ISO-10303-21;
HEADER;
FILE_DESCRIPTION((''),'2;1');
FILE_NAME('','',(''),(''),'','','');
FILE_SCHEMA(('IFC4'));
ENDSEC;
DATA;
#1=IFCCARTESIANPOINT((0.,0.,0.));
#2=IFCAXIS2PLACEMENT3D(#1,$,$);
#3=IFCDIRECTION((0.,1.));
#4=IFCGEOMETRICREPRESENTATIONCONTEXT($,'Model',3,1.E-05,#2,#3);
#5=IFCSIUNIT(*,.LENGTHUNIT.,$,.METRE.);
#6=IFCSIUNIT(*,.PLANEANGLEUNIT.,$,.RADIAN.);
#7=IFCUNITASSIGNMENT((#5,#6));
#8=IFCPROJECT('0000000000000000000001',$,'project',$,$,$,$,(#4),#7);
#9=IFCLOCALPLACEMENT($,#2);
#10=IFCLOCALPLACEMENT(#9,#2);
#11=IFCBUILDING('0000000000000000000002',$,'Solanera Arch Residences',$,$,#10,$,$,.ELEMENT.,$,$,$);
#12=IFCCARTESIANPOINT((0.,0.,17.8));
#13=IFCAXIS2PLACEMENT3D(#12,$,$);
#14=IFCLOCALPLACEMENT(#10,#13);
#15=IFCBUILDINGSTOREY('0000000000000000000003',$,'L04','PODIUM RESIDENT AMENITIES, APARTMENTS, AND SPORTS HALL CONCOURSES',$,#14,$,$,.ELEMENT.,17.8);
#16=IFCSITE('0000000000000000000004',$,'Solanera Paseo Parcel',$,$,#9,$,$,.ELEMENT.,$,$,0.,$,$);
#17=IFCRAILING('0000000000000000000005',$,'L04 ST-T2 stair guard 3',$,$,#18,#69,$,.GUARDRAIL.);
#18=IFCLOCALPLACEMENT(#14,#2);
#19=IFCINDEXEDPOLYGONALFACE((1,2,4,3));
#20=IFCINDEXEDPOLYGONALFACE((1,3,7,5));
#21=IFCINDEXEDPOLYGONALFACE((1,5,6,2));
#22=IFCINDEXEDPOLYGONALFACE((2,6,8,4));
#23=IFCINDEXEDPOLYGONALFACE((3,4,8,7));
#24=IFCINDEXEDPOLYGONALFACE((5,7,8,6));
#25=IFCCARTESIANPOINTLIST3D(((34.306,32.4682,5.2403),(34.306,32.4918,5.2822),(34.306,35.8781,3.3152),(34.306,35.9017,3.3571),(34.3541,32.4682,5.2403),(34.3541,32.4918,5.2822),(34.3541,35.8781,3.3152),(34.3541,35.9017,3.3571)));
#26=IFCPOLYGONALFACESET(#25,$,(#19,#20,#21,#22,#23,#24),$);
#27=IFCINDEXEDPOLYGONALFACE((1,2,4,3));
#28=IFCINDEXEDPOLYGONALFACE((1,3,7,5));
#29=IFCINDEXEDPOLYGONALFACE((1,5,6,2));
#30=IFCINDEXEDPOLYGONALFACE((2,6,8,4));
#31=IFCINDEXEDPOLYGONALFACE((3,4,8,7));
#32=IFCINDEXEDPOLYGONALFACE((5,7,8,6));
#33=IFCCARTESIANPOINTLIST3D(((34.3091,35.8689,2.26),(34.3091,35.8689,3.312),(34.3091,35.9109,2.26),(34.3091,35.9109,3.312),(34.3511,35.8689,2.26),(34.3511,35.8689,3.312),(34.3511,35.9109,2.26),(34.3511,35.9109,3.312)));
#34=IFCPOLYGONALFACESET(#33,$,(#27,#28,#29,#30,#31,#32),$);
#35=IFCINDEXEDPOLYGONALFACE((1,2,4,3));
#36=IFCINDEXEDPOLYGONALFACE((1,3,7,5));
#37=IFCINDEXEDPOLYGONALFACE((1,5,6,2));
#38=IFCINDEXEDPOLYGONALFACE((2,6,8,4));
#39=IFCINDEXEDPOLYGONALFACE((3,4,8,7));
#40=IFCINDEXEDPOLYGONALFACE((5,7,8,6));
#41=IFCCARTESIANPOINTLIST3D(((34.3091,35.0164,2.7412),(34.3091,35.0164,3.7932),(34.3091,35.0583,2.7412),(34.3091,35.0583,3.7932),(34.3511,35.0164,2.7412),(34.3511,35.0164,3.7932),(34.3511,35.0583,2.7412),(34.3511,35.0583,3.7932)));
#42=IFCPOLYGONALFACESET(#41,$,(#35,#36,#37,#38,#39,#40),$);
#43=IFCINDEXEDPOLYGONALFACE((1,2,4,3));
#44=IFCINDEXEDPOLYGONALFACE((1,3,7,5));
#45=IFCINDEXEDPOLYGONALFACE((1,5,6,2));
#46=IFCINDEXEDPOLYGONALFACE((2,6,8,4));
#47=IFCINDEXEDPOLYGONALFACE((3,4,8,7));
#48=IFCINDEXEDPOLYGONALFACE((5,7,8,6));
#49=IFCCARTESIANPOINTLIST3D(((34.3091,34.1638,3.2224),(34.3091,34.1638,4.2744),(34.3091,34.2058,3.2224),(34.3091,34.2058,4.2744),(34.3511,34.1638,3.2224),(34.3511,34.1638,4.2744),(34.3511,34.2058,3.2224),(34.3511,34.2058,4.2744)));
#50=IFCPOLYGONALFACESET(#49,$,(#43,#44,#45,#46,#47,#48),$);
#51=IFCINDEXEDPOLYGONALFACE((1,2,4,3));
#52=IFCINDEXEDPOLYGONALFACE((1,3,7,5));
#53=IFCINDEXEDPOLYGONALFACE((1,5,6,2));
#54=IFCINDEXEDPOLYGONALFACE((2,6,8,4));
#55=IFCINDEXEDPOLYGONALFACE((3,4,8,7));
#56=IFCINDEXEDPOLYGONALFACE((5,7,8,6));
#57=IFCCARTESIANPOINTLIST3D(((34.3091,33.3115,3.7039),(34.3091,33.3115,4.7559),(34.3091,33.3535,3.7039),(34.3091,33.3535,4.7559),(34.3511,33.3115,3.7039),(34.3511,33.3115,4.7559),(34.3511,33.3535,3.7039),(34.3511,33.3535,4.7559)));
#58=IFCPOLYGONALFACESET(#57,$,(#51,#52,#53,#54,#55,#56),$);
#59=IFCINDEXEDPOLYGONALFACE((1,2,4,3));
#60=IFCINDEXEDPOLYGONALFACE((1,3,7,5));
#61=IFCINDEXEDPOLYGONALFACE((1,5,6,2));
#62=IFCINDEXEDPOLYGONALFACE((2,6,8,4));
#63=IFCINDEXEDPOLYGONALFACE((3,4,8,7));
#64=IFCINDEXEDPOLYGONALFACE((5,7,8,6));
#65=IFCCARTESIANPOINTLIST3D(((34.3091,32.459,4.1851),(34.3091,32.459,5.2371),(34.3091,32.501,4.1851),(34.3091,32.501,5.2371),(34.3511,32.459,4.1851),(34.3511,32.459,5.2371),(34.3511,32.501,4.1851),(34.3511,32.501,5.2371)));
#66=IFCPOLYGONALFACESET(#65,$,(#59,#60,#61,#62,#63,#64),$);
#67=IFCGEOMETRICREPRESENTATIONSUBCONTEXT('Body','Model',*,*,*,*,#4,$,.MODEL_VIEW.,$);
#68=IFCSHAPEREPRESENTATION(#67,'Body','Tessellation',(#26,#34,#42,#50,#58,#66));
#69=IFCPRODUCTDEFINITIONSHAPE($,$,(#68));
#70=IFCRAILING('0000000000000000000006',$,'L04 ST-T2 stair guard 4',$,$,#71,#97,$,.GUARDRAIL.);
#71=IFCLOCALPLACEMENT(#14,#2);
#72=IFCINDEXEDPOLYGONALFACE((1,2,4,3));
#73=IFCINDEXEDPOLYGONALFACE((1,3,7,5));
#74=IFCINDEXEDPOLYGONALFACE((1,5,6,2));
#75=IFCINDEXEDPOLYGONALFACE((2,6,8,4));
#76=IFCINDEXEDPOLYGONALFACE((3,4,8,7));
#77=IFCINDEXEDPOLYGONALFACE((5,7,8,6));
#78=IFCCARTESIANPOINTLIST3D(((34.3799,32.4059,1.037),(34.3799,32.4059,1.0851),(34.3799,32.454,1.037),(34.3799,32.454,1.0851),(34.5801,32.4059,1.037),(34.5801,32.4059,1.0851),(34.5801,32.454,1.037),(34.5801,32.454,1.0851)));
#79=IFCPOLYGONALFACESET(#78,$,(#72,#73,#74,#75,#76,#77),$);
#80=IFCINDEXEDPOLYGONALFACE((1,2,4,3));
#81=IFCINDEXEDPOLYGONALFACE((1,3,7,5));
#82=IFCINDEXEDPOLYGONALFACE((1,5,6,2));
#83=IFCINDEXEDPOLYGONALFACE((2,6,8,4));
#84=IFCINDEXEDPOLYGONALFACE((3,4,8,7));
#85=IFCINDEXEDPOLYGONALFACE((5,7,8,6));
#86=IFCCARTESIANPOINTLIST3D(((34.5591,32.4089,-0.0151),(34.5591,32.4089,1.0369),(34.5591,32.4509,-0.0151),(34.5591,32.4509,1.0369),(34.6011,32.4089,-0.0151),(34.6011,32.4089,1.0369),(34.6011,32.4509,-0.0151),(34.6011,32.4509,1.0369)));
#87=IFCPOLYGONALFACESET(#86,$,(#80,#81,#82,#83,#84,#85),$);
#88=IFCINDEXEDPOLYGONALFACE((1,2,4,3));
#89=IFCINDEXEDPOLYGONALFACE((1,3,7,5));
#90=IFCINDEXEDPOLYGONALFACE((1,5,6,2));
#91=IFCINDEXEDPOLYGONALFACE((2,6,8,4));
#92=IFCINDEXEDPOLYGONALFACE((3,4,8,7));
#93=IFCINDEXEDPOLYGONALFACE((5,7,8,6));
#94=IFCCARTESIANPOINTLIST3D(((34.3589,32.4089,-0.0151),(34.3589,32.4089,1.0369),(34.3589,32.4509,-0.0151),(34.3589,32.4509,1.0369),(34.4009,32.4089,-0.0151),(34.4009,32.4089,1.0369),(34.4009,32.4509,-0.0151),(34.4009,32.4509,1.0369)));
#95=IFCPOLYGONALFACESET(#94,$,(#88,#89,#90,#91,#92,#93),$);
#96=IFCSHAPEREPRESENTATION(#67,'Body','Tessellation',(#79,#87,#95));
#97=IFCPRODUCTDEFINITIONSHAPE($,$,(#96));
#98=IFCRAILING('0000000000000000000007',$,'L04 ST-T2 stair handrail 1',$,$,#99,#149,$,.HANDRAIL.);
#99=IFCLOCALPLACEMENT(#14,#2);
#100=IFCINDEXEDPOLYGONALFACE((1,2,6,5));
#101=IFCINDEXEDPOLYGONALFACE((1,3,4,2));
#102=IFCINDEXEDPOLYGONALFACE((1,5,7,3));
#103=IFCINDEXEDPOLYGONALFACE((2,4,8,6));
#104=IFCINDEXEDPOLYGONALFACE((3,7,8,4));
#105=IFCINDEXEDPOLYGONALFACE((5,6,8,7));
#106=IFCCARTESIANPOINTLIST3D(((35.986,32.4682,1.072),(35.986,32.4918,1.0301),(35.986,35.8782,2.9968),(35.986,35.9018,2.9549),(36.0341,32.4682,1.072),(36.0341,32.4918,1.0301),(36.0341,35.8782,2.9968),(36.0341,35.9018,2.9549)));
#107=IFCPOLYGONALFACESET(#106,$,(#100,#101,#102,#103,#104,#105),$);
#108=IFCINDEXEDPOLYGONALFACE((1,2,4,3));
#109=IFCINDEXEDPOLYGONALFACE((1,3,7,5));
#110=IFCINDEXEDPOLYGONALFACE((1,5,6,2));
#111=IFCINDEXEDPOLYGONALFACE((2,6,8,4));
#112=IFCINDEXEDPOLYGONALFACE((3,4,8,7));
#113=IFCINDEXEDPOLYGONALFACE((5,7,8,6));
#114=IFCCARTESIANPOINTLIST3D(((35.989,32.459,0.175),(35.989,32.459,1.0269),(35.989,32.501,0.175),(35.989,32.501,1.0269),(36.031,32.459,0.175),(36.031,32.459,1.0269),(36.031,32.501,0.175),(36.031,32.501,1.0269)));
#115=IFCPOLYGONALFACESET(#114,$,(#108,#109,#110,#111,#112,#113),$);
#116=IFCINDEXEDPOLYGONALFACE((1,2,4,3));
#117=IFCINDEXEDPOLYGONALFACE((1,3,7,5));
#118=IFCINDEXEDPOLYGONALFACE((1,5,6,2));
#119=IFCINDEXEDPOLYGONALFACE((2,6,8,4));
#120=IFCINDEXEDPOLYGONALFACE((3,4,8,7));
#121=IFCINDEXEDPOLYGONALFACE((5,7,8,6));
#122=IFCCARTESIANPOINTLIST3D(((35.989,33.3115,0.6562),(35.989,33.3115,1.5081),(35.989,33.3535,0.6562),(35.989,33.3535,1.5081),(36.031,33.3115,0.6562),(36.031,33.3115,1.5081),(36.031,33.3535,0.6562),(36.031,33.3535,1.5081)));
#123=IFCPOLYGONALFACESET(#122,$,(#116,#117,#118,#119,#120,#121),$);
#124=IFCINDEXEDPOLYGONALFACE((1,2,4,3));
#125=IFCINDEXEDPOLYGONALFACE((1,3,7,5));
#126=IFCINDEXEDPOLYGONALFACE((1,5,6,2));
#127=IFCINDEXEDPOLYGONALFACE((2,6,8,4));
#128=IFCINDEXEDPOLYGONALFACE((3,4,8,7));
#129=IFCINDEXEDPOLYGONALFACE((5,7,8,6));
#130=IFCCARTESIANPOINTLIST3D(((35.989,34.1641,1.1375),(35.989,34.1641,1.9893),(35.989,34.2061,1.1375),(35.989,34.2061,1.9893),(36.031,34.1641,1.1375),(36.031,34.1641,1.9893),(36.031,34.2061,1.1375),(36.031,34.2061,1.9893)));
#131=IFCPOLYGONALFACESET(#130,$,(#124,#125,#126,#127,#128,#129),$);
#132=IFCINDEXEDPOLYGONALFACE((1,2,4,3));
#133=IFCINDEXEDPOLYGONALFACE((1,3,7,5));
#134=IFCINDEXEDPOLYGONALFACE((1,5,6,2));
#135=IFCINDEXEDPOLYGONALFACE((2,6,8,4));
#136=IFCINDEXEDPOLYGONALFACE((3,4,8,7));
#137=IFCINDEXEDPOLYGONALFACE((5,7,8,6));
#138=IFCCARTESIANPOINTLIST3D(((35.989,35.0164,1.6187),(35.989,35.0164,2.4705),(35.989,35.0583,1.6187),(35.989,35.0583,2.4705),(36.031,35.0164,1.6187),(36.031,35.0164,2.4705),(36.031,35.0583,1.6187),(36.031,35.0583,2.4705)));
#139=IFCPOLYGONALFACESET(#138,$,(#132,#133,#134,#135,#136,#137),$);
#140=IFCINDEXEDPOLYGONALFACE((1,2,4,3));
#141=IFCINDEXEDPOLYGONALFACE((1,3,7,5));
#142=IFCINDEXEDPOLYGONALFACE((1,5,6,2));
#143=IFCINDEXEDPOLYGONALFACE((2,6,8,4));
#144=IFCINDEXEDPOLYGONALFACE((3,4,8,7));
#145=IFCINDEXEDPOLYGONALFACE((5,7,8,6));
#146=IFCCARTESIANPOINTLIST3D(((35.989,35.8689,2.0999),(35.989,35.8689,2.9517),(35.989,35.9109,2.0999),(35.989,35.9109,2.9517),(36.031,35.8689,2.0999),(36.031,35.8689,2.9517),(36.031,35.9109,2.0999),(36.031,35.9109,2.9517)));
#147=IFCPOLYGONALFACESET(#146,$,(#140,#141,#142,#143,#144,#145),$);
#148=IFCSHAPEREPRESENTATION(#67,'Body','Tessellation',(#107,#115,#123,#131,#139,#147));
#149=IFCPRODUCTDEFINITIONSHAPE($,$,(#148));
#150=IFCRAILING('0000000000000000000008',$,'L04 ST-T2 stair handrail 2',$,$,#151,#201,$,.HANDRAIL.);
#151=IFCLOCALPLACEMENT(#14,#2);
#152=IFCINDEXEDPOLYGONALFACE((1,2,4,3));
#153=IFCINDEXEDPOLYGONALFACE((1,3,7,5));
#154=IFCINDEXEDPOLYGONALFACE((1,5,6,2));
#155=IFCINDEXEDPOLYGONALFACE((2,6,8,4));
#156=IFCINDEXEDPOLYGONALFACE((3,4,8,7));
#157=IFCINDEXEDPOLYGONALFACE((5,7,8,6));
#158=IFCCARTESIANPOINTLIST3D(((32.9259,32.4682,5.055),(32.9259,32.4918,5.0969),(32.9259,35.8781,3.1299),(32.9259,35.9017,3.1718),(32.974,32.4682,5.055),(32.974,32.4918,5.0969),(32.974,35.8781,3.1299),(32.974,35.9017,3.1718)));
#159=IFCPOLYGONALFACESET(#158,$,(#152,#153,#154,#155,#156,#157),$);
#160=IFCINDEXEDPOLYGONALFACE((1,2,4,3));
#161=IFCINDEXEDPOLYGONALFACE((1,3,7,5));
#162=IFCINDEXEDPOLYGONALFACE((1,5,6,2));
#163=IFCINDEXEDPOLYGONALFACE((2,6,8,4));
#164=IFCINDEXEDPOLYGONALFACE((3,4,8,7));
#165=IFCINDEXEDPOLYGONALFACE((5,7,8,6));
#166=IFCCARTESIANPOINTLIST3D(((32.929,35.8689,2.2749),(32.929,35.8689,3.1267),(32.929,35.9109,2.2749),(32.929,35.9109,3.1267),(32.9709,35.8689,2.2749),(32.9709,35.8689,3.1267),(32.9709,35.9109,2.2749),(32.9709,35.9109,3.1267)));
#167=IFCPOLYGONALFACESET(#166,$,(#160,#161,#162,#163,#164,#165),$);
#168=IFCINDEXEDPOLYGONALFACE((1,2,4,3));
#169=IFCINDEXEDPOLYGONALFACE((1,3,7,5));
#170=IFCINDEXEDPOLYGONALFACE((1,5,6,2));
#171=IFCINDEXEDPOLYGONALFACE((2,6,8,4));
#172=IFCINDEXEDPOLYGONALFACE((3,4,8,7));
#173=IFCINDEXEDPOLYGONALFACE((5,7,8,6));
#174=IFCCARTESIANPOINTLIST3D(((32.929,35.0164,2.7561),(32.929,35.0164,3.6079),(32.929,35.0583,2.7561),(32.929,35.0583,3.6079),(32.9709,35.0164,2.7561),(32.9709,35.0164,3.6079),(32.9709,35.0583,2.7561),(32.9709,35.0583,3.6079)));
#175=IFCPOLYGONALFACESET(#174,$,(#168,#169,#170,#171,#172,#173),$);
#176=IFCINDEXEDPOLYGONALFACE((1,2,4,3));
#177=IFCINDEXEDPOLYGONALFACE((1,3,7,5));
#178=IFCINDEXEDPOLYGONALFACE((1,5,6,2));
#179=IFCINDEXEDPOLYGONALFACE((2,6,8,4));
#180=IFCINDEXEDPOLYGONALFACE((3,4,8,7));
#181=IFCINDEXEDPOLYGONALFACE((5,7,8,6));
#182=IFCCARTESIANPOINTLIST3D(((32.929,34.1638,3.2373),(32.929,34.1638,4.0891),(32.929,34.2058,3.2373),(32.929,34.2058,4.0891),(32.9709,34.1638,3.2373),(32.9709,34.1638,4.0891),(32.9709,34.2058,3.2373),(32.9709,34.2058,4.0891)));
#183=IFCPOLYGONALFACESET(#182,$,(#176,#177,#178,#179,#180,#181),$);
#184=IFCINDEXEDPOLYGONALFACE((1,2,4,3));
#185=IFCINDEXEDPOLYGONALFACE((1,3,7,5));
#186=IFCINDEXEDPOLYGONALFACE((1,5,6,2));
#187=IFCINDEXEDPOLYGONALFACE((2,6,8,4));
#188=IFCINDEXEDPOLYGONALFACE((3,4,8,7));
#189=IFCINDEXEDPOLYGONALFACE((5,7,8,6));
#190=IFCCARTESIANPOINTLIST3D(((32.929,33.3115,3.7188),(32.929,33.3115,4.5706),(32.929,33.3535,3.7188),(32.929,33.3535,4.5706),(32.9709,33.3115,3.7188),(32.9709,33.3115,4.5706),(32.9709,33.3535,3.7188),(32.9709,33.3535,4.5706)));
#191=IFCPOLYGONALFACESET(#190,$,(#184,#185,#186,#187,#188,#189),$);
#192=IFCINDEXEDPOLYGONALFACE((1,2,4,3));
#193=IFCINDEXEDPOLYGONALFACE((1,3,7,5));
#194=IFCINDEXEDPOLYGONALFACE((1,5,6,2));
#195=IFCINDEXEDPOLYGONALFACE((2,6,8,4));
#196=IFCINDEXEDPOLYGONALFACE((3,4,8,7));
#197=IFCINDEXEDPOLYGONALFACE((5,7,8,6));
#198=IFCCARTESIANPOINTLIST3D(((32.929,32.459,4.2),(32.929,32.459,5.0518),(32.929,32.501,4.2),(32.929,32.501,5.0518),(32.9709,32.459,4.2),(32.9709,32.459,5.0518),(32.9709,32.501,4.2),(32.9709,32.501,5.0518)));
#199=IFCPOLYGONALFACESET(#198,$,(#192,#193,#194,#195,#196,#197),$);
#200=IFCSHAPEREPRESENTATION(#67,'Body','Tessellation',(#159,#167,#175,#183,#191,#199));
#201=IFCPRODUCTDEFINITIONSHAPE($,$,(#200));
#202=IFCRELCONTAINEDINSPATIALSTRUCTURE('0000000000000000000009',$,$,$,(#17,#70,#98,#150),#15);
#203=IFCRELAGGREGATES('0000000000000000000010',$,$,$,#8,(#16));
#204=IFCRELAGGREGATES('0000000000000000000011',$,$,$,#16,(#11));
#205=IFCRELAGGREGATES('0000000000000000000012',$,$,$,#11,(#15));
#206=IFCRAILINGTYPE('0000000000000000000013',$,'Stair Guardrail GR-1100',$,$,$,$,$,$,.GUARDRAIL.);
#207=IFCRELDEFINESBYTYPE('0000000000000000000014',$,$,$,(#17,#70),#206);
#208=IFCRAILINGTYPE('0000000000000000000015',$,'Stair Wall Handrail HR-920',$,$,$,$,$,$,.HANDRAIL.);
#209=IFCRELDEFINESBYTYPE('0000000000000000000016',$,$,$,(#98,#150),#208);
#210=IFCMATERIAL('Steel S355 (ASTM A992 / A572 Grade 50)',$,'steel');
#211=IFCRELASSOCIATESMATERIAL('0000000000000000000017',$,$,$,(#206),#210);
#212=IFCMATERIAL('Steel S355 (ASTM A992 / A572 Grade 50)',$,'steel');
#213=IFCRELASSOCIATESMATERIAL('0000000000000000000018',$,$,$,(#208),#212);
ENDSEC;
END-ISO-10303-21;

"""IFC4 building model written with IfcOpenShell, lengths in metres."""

from ifc_helpers import new_model, si_unit, direction, frame, origin, origin_2d, place, context, subcontext, project, spatial, rectangle, extrude, material, type_object, element, save


model = new_model("IFC4")

# Units and contexts
model_context = context("Model", 3, precision=1e-05, world=origin(), true_north=direction((0.0, 1.0)))
body_context = subcontext(model_context, "Body", "Model", "MODEL_VIEW")
ifc_project = project(units=[si_unit("LENGTHUNIT", "METRE"), si_unit("PLANEANGLEUNIT", "RADIAN")], contexts=[model_context])

# Site, building, storey
site_placement = place(None, origin())
site = spatial("IfcSite", under=ifc_project, at=site_placement, Name="Solanera Paseo Parcel", CompositionType="ELEMENT", RefElevation=0.0)
building_placement = place(site_placement, origin())
building = spatial("IfcBuilding", under=site, at=building_placement, Name="Solanera Arch Residences", CompositionType="ELEMENT")
storey_placement = place(building_placement, frame((0.0, 0.0, 17.8)))
storey = spatial("IfcBuildingStorey", under=building, at=storey_placement, Name="L04", Description="PODIUM RESIDENT AMENITIES, APARTMENTS, AND SPORTS HALL CONCOURSES", CompositionType="ELEMENT", Elevation=17.8)

# Railings
ifc_material_1 = material(Name="Steel S355 (ASTM A992 / A572 Grade 50)", Category="steel")
railing_type_1 = type_object("IfcRailingType", Name="Stair Guardrail GR-1100", PredefinedType="GUARDRAIL", material=ifc_material_1)
railing_1_placement = place(storey_placement, frame((34.3301, 35.8899, 2.26)))
element("IfcRailing", 1, at=railing_1_placement, inside=storey, type_object=railing_type_1, Name="L04 ST-T2 stair guard 3", PredefinedType="GUARDRAIL", context=body_context, shape_type="SweptSolid", body=[
    extrude(rectangle(XDim=0.0481, YDim=0.0481, at=origin_2d()), frame((0.0, 0.0, 1.0762), z_axis=(0.0, -0.870814, 0.491613), x_axis=(1.0, 0.0, 0.0)), (0.0, 0.0, 1.0), 3.9158),
    extrude(rectangle(XDim=0.042, YDim=0.042, at=origin_2d()), origin(), (0.0, 0.0, 1.0), 1.052),
    extrude(rectangle(XDim=0.042, YDim=0.042, at=origin_2d()), frame((0.0, -0.8525, 0.4812)), (0.0, 0.0, 1.0), 1.052),
    extrude(rectangle(XDim=0.042, YDim=0.042, at=origin_2d()), frame((0.0, -1.7051, 0.9624)), (0.0, 0.0, 1.0), 1.052),
    extrude(rectangle(XDim=0.042, YDim=0.042, at=origin_2d()), frame((0.0, -2.5574, 1.4438)), (0.0, 0.0, 1.0), 1.052),
    extrude(rectangle(XDim=0.042, YDim=0.042, at=origin_2d()), frame((0.0, -3.4099, 1.925)), (0.0, 0.0, 1.0), 1.052),
])
railing_2_placement = place(storey_placement, frame((34.5801, 32.4299, -0.0151)))
element("IfcRailing", 2, at=railing_2_placement, inside=storey, type_object=railing_type_1, Name="L04 ST-T2 stair guard 4", PredefinedType="GUARDRAIL", context=body_context, shape_type="SweptSolid", body=[
    extrude(rectangle(XDim=0.0481, YDim=0.0481, at=origin_2d()), frame((0.0, 0.0, 1.0762), z_axis=(-1.0, 0.0, 0.0), x_axis=(0.0, -1.0, 0.0)), (0.0, 0.0, 1.0), 0.2002),
    extrude(rectangle(XDim=0.042, YDim=0.042, at=origin_2d()), origin(), (0.0, 0.0, 1.0), 1.052),
    extrude(rectangle(XDim=0.042, YDim=0.042, at=origin_2d()), frame((-0.2002, 0.0, 0.0)), (0.0, 0.0, 1.0), 1.052),
])
ifc_material_2 = material(Name="Steel S355 (ASTM A992 / A572 Grade 50)", Category="steel")
railing_type_2 = type_object("IfcRailingType", Name="Stair Wall Handrail HR-920", PredefinedType="HANDRAIL", material=ifc_material_2)
railing_3_placement = place(storey_placement, frame((36.01, 32.48, 0.175)))
element("IfcRailing", 3, at=railing_3_placement, inside=storey, type_object=railing_type_2, Name="L04 ST-T2 stair handrail 1", PredefinedType="HANDRAIL", context=body_context, shape_type="SweptSolid", body=[
    extrude(rectangle(XDim=0.0481, YDim=0.0481, at=origin_2d()), frame((0.0, 0.0, 0.876), z_axis=(0.0, 0.87084, 0.491566), x_axis=(-1.0, 0.0, 0.0)), (0.0, 0.0, 1.0), 3.9158),
    extrude(rectangle(XDim=0.042, YDim=0.042, at=origin_2d()), origin(), (0.0, 0.0, 1.0), 0.8518),
    extrude(rectangle(XDim=0.042, YDim=0.042, at=origin_2d()), frame((0.0, 0.8525, 0.4812)), (0.0, 0.0, 1.0), 0.8518),
    extrude(rectangle(XDim=0.042, YDim=0.042, at=origin_2d()), frame((0.0, 1.7051, 0.9624)), (0.0, 0.0, 1.0), 0.8518),
    extrude(rectangle(XDim=0.042, YDim=0.042, at=origin_2d()), frame((0.0, 2.5574, 1.4436)), (0.0, 0.0, 1.0), 0.8518),
    extrude(rectangle(XDim=0.042, YDim=0.042, at=origin_2d()), frame((0.0, 3.4099, 1.9248)), (0.0, 0.0, 1.0), 0.8518),
])
railing_4_placement = place(storey_placement, frame((32.95, 35.8899, 2.2749)))
element("IfcRailing", 4, at=railing_4_placement, inside=storey, type_object=railing_type_2, Name="L04 ST-T2 stair handrail 2", PredefinedType="HANDRAIL", context=body_context, shape_type="SweptSolid", body=[
    extrude(rectangle(XDim=0.0481, YDim=0.0481, at=origin_2d()), frame((0.0, 0.0, 0.876), z_axis=(0.0, -0.870814, 0.491613), x_axis=(1.0, 0.0, 0.0)), (0.0, 0.0, 1.0), 3.9158),
    extrude(rectangle(XDim=0.042, YDim=0.042, at=origin_2d()), origin(), (0.0, 0.0, 1.0), 0.8518),
    extrude(rectangle(XDim=0.042, YDim=0.042, at=origin_2d()), frame((0.0, -0.8525, 0.4812)), (0.0, 0.0, 1.0), 0.8518),
    extrude(rectangle(XDim=0.042, YDim=0.042, at=origin_2d()), frame((0.0, -1.7051, 0.9624)), (0.0, 0.0, 1.0), 0.8518),
    extrude(rectangle(XDim=0.042, YDim=0.042, at=origin_2d()), frame((0.0, -2.5574, 1.4438)), (0.0, 0.0, 1.0), 0.8518),
    extrude(rectangle(XDim=0.042, YDim=0.042, at=origin_2d()), frame((0.0, -3.4099, 1.925)), (0.0, 0.0, 1.0), 0.8518),
])

save(model, "model.ifc")
